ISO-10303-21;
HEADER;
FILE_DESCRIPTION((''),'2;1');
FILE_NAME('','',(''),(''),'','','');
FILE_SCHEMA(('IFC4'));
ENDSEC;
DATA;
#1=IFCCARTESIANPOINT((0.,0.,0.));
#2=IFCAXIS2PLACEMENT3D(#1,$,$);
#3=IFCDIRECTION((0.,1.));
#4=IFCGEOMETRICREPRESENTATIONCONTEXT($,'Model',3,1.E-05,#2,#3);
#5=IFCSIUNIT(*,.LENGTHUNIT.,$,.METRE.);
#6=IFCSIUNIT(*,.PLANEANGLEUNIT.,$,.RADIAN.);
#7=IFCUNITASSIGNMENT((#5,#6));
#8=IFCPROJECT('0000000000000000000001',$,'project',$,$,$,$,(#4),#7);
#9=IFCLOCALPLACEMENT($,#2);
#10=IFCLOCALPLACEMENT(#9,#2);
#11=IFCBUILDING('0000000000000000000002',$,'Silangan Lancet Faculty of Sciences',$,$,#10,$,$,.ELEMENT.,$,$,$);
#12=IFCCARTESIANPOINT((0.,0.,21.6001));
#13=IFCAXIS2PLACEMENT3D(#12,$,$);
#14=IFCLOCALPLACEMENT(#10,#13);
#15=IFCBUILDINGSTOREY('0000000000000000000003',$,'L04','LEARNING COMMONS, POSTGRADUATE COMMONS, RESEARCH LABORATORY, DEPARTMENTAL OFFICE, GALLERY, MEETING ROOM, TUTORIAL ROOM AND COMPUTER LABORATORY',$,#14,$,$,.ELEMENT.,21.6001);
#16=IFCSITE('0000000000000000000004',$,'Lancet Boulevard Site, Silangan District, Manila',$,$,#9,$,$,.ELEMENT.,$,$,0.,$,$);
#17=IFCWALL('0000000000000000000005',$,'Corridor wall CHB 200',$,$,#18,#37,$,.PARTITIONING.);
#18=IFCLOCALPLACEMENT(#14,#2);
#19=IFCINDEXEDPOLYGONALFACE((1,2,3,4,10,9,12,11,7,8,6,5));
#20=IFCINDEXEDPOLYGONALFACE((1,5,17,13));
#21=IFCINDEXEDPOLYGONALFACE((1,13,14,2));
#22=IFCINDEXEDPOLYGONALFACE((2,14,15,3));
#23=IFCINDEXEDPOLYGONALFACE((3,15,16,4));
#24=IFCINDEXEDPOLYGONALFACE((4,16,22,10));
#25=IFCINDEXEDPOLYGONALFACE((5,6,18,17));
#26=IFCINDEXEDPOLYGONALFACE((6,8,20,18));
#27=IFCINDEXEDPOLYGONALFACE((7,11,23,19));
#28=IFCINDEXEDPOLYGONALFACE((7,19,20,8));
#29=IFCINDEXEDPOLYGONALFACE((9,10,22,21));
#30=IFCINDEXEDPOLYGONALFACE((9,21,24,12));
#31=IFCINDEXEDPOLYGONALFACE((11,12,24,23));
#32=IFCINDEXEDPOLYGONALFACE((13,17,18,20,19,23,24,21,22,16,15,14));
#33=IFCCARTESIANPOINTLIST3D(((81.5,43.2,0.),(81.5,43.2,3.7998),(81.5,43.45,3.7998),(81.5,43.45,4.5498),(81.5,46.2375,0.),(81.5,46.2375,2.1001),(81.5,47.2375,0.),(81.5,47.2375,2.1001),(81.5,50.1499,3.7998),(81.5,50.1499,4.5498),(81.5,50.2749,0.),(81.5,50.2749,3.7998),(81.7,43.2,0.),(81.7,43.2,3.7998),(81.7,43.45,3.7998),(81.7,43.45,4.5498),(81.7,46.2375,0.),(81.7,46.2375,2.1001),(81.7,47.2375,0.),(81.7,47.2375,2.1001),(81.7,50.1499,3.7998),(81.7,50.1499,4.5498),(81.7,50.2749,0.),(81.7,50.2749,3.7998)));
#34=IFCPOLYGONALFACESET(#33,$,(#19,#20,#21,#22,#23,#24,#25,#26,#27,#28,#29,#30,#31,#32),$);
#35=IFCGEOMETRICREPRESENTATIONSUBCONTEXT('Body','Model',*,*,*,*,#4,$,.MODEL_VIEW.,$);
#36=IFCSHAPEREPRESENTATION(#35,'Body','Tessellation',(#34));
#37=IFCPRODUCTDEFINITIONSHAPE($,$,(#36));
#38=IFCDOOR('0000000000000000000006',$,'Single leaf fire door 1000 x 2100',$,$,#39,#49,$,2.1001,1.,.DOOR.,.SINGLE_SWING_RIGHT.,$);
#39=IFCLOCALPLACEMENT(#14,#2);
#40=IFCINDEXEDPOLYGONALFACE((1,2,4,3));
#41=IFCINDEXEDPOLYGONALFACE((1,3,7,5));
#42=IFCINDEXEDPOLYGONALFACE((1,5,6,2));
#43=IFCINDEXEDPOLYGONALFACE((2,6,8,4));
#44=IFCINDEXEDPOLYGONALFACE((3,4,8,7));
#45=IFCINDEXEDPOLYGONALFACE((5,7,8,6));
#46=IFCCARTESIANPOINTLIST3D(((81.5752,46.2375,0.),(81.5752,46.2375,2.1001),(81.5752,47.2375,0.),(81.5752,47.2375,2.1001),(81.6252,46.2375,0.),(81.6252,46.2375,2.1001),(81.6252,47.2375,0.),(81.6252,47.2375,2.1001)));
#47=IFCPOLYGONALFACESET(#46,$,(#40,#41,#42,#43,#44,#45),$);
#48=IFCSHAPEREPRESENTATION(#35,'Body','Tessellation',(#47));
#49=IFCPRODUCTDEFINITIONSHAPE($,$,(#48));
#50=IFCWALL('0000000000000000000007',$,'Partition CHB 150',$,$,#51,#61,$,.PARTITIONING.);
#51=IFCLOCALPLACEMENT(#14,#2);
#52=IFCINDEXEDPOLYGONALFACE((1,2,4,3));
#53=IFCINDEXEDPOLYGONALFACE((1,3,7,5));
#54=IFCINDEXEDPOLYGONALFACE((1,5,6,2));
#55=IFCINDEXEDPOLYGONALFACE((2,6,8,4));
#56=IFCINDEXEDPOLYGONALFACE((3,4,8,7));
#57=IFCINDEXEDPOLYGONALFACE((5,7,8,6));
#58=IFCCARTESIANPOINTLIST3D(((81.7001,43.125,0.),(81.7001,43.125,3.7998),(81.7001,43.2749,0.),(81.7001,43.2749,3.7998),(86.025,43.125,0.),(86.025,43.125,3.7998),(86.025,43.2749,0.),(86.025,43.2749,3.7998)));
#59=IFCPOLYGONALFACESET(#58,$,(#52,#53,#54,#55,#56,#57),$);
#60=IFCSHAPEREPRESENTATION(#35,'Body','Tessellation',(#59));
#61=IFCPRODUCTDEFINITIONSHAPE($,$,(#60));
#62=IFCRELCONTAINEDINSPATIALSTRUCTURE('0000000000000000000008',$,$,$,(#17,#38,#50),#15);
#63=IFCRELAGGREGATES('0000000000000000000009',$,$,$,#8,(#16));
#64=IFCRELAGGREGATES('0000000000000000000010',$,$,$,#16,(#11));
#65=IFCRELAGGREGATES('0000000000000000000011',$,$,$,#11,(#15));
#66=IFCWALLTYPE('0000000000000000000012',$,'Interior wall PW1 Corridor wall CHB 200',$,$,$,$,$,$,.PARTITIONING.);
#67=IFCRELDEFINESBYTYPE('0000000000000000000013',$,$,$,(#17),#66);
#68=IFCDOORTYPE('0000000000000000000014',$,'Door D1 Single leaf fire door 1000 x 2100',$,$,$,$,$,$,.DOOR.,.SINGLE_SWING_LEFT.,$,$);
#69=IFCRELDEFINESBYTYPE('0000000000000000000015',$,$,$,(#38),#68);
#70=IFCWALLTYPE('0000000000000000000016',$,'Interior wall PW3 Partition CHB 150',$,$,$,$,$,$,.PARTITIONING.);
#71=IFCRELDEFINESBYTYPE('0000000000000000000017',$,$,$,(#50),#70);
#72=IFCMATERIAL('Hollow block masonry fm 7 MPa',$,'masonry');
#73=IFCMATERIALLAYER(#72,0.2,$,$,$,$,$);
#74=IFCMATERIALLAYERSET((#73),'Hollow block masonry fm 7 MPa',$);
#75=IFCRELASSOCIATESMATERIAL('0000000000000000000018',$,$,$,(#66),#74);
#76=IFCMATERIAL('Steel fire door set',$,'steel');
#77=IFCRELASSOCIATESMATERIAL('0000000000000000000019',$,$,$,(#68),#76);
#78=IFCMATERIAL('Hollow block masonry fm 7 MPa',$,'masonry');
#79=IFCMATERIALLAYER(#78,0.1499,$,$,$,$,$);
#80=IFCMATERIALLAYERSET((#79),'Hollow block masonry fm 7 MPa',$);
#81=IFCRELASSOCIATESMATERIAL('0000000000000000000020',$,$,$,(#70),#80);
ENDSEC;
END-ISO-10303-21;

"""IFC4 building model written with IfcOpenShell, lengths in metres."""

from ifc_helpers import new_model, si_unit, direction, frame, frame_2d, origin, place, context, subcontext, project, spatial, polyline, rectangle, outline, extrude, material, layer, layer_set, type_object, element, fill, save


model = new_model("IFC4")

# Units and contexts
model_context = context("Model", 3, precision=1e-05, world=origin(), true_north=direction((0.0, 1.0)))
body_context = subcontext(model_context, "Body", "Model", "MODEL_VIEW")
ifc_project = project(units=[si_unit("LENGTHUNIT", "METRE"), si_unit("PLANEANGLEUNIT", "RADIAN")], contexts=[model_context])

# Site, building, storey
site_placement = place(None, origin())
site = spatial("IfcSite", under=ifc_project, at=site_placement, Name="Lancet Boulevard Site, Silangan District, Manila", CompositionType="ELEMENT", RefElevation=0.0)
building_placement = place(site_placement, origin())
building = spatial("IfcBuilding", under=site, at=building_placement, Name="Silangan Lancet Faculty of Sciences", CompositionType="ELEMENT")
storey_placement = place(building_placement, frame((0.0, 0.0, 21.6001)))
storey = spatial("IfcBuildingStorey", under=building, at=storey_placement, Name="L04", Description="LEARNING COMMONS, POSTGRADUATE COMMONS, RESEARCH LABORATORY, DEPARTMENTAL OFFICE, GALLERY, MEETING ROOM, TUTORIAL ROOM AND COMPUTER LABORATORY", CompositionType="ELEMENT", Elevation=21.6001)

# Shared definitions
ifc_material_1 = material(Name="Hollow block masonry fm 7 MPa", Category="masonry")
ifc_layer_1 = layer(ifc_material_1, 0.2)
ifc_layer_set_1 = layer_set([ifc_layer_1], Name="Hollow block masonry fm 7 MPa")
wall_type_1 = type_object("IfcWallType", Name="Interior wall PW1 Corridor wall CHB 200", PredefinedType="PARTITIONING", material=ifc_layer_set_1)

# Wall, opening, door
wall_1_placement = place(storey_placement, frame((81.6001, 43.2, 0.0), z_axis=(0.0, 0.0, 1.0), x_axis=(0.0, 1.0, 0.0)))
wall_1 = element("IfcWall", 1, at=wall_1_placement, inside=storey, type_object=wall_type_1, Name="Corridor wall CHB 200", PredefinedType="PARTITIONING", context=body_context, shape_type="SweptSolid", body=[
    extrude(outline(polyline([(0.0, 0.0), (7.075, 0.0), (7.075, 3.7998), (6.95, 3.7998), (6.95, 4.5498), (0.25, 4.5498), (0.25, 3.7998), (0.0, 3.7998), (0.0, 0.0)])), frame((0.0, 0.1001, 0.0), z_axis=(0.0, -1.0, 0.0), x_axis=(1.0, 0.0, 0.0)), (0.0, 0.0, 1.0), 0.2),
])
opening_placement = place(wall_1_placement, frame((3.0376, 0.0, 0.0)))
opening = element("IfcOpeningElement", 2, at=opening_placement, cuts=wall_1, PredefinedType="OPENING", context=body_context, shape_type="SweptSolid", body=[
    extrude(rectangle(XDim=1.0, YDim=2.1001, at=frame_2d((0.5, 1.05))), frame((0.0, 0.1099, 0.0), z_axis=(0.0, -1.0, 0.0), x_axis=(1.0, 0.0, 0.0)), (0.0, 0.0, 1.0), 0.22),
])
ifc_material_2 = material(Name="Steel fire door set", Category="steel")
door_type = type_object("IfcDoorType", Name="Door D1 Single leaf fire door 1000 x 2100", OperationType="SINGLE_SWING_LEFT", PredefinedType="DOOR", material=ifc_material_2)
door_placement = place(opening_placement, frame((1.0, 0.0, 0.0), z_axis=(0.0, 0.0, 1.0), x_axis=(-1.0, 0.0, 0.0)))
door = element("IfcDoor", 3, at=door_placement, inside=storey, type_object=door_type, Name="Single leaf fire door 1000 x 2100", OperationType="SINGLE_SWING_RIGHT", OverallHeight=2.1001, OverallWidth=1.0, PredefinedType="DOOR", context=body_context, shape_type="SweptSolid", body=[
    extrude(rectangle(XDim=1.0, YDim=2.1001, at=frame_2d((0.5, 1.05))), frame((0.0, 0.0251, 0.0), z_axis=(0.0, -1.0, 0.0), x_axis=(1.0, 0.0, 0.0)), (0.0, 0.0, 1.0), 0.05),
])
fill(opening, door)

# Wall
ifc_material_3 = material(Name="Hollow block masonry fm 7 MPa", Category="masonry")
ifc_layer_2 = layer(ifc_material_3, 0.1499)
ifc_layer_set_2 = layer_set([ifc_layer_2], Name="Hollow block masonry fm 7 MPa")
wall_type_2 = type_object("IfcWallType", Name="Interior wall PW3 Partition CHB 150", PredefinedType="PARTITIONING", material=ifc_layer_set_2)
wall_2_placement = place(storey_placement, frame((81.7, 43.2, 0.0), z_axis=(0.0, 0.0, 1.0), x_axis=(1.0, 0.0, 0.0)))
element("IfcWall", 4, at=wall_2_placement, inside=storey, type_object=wall_type_2, Name="Partition CHB 150", PredefinedType="PARTITIONING", context=body_context, shape_type="SweptSolid", body=[
    extrude(rectangle(XDim=4.325, YDim=0.1499, at=frame_2d((2.1626, 0.0))), origin(), (0.0, 0.0, 1.0), 3.7998),
])

save(model, "model.ifc")
